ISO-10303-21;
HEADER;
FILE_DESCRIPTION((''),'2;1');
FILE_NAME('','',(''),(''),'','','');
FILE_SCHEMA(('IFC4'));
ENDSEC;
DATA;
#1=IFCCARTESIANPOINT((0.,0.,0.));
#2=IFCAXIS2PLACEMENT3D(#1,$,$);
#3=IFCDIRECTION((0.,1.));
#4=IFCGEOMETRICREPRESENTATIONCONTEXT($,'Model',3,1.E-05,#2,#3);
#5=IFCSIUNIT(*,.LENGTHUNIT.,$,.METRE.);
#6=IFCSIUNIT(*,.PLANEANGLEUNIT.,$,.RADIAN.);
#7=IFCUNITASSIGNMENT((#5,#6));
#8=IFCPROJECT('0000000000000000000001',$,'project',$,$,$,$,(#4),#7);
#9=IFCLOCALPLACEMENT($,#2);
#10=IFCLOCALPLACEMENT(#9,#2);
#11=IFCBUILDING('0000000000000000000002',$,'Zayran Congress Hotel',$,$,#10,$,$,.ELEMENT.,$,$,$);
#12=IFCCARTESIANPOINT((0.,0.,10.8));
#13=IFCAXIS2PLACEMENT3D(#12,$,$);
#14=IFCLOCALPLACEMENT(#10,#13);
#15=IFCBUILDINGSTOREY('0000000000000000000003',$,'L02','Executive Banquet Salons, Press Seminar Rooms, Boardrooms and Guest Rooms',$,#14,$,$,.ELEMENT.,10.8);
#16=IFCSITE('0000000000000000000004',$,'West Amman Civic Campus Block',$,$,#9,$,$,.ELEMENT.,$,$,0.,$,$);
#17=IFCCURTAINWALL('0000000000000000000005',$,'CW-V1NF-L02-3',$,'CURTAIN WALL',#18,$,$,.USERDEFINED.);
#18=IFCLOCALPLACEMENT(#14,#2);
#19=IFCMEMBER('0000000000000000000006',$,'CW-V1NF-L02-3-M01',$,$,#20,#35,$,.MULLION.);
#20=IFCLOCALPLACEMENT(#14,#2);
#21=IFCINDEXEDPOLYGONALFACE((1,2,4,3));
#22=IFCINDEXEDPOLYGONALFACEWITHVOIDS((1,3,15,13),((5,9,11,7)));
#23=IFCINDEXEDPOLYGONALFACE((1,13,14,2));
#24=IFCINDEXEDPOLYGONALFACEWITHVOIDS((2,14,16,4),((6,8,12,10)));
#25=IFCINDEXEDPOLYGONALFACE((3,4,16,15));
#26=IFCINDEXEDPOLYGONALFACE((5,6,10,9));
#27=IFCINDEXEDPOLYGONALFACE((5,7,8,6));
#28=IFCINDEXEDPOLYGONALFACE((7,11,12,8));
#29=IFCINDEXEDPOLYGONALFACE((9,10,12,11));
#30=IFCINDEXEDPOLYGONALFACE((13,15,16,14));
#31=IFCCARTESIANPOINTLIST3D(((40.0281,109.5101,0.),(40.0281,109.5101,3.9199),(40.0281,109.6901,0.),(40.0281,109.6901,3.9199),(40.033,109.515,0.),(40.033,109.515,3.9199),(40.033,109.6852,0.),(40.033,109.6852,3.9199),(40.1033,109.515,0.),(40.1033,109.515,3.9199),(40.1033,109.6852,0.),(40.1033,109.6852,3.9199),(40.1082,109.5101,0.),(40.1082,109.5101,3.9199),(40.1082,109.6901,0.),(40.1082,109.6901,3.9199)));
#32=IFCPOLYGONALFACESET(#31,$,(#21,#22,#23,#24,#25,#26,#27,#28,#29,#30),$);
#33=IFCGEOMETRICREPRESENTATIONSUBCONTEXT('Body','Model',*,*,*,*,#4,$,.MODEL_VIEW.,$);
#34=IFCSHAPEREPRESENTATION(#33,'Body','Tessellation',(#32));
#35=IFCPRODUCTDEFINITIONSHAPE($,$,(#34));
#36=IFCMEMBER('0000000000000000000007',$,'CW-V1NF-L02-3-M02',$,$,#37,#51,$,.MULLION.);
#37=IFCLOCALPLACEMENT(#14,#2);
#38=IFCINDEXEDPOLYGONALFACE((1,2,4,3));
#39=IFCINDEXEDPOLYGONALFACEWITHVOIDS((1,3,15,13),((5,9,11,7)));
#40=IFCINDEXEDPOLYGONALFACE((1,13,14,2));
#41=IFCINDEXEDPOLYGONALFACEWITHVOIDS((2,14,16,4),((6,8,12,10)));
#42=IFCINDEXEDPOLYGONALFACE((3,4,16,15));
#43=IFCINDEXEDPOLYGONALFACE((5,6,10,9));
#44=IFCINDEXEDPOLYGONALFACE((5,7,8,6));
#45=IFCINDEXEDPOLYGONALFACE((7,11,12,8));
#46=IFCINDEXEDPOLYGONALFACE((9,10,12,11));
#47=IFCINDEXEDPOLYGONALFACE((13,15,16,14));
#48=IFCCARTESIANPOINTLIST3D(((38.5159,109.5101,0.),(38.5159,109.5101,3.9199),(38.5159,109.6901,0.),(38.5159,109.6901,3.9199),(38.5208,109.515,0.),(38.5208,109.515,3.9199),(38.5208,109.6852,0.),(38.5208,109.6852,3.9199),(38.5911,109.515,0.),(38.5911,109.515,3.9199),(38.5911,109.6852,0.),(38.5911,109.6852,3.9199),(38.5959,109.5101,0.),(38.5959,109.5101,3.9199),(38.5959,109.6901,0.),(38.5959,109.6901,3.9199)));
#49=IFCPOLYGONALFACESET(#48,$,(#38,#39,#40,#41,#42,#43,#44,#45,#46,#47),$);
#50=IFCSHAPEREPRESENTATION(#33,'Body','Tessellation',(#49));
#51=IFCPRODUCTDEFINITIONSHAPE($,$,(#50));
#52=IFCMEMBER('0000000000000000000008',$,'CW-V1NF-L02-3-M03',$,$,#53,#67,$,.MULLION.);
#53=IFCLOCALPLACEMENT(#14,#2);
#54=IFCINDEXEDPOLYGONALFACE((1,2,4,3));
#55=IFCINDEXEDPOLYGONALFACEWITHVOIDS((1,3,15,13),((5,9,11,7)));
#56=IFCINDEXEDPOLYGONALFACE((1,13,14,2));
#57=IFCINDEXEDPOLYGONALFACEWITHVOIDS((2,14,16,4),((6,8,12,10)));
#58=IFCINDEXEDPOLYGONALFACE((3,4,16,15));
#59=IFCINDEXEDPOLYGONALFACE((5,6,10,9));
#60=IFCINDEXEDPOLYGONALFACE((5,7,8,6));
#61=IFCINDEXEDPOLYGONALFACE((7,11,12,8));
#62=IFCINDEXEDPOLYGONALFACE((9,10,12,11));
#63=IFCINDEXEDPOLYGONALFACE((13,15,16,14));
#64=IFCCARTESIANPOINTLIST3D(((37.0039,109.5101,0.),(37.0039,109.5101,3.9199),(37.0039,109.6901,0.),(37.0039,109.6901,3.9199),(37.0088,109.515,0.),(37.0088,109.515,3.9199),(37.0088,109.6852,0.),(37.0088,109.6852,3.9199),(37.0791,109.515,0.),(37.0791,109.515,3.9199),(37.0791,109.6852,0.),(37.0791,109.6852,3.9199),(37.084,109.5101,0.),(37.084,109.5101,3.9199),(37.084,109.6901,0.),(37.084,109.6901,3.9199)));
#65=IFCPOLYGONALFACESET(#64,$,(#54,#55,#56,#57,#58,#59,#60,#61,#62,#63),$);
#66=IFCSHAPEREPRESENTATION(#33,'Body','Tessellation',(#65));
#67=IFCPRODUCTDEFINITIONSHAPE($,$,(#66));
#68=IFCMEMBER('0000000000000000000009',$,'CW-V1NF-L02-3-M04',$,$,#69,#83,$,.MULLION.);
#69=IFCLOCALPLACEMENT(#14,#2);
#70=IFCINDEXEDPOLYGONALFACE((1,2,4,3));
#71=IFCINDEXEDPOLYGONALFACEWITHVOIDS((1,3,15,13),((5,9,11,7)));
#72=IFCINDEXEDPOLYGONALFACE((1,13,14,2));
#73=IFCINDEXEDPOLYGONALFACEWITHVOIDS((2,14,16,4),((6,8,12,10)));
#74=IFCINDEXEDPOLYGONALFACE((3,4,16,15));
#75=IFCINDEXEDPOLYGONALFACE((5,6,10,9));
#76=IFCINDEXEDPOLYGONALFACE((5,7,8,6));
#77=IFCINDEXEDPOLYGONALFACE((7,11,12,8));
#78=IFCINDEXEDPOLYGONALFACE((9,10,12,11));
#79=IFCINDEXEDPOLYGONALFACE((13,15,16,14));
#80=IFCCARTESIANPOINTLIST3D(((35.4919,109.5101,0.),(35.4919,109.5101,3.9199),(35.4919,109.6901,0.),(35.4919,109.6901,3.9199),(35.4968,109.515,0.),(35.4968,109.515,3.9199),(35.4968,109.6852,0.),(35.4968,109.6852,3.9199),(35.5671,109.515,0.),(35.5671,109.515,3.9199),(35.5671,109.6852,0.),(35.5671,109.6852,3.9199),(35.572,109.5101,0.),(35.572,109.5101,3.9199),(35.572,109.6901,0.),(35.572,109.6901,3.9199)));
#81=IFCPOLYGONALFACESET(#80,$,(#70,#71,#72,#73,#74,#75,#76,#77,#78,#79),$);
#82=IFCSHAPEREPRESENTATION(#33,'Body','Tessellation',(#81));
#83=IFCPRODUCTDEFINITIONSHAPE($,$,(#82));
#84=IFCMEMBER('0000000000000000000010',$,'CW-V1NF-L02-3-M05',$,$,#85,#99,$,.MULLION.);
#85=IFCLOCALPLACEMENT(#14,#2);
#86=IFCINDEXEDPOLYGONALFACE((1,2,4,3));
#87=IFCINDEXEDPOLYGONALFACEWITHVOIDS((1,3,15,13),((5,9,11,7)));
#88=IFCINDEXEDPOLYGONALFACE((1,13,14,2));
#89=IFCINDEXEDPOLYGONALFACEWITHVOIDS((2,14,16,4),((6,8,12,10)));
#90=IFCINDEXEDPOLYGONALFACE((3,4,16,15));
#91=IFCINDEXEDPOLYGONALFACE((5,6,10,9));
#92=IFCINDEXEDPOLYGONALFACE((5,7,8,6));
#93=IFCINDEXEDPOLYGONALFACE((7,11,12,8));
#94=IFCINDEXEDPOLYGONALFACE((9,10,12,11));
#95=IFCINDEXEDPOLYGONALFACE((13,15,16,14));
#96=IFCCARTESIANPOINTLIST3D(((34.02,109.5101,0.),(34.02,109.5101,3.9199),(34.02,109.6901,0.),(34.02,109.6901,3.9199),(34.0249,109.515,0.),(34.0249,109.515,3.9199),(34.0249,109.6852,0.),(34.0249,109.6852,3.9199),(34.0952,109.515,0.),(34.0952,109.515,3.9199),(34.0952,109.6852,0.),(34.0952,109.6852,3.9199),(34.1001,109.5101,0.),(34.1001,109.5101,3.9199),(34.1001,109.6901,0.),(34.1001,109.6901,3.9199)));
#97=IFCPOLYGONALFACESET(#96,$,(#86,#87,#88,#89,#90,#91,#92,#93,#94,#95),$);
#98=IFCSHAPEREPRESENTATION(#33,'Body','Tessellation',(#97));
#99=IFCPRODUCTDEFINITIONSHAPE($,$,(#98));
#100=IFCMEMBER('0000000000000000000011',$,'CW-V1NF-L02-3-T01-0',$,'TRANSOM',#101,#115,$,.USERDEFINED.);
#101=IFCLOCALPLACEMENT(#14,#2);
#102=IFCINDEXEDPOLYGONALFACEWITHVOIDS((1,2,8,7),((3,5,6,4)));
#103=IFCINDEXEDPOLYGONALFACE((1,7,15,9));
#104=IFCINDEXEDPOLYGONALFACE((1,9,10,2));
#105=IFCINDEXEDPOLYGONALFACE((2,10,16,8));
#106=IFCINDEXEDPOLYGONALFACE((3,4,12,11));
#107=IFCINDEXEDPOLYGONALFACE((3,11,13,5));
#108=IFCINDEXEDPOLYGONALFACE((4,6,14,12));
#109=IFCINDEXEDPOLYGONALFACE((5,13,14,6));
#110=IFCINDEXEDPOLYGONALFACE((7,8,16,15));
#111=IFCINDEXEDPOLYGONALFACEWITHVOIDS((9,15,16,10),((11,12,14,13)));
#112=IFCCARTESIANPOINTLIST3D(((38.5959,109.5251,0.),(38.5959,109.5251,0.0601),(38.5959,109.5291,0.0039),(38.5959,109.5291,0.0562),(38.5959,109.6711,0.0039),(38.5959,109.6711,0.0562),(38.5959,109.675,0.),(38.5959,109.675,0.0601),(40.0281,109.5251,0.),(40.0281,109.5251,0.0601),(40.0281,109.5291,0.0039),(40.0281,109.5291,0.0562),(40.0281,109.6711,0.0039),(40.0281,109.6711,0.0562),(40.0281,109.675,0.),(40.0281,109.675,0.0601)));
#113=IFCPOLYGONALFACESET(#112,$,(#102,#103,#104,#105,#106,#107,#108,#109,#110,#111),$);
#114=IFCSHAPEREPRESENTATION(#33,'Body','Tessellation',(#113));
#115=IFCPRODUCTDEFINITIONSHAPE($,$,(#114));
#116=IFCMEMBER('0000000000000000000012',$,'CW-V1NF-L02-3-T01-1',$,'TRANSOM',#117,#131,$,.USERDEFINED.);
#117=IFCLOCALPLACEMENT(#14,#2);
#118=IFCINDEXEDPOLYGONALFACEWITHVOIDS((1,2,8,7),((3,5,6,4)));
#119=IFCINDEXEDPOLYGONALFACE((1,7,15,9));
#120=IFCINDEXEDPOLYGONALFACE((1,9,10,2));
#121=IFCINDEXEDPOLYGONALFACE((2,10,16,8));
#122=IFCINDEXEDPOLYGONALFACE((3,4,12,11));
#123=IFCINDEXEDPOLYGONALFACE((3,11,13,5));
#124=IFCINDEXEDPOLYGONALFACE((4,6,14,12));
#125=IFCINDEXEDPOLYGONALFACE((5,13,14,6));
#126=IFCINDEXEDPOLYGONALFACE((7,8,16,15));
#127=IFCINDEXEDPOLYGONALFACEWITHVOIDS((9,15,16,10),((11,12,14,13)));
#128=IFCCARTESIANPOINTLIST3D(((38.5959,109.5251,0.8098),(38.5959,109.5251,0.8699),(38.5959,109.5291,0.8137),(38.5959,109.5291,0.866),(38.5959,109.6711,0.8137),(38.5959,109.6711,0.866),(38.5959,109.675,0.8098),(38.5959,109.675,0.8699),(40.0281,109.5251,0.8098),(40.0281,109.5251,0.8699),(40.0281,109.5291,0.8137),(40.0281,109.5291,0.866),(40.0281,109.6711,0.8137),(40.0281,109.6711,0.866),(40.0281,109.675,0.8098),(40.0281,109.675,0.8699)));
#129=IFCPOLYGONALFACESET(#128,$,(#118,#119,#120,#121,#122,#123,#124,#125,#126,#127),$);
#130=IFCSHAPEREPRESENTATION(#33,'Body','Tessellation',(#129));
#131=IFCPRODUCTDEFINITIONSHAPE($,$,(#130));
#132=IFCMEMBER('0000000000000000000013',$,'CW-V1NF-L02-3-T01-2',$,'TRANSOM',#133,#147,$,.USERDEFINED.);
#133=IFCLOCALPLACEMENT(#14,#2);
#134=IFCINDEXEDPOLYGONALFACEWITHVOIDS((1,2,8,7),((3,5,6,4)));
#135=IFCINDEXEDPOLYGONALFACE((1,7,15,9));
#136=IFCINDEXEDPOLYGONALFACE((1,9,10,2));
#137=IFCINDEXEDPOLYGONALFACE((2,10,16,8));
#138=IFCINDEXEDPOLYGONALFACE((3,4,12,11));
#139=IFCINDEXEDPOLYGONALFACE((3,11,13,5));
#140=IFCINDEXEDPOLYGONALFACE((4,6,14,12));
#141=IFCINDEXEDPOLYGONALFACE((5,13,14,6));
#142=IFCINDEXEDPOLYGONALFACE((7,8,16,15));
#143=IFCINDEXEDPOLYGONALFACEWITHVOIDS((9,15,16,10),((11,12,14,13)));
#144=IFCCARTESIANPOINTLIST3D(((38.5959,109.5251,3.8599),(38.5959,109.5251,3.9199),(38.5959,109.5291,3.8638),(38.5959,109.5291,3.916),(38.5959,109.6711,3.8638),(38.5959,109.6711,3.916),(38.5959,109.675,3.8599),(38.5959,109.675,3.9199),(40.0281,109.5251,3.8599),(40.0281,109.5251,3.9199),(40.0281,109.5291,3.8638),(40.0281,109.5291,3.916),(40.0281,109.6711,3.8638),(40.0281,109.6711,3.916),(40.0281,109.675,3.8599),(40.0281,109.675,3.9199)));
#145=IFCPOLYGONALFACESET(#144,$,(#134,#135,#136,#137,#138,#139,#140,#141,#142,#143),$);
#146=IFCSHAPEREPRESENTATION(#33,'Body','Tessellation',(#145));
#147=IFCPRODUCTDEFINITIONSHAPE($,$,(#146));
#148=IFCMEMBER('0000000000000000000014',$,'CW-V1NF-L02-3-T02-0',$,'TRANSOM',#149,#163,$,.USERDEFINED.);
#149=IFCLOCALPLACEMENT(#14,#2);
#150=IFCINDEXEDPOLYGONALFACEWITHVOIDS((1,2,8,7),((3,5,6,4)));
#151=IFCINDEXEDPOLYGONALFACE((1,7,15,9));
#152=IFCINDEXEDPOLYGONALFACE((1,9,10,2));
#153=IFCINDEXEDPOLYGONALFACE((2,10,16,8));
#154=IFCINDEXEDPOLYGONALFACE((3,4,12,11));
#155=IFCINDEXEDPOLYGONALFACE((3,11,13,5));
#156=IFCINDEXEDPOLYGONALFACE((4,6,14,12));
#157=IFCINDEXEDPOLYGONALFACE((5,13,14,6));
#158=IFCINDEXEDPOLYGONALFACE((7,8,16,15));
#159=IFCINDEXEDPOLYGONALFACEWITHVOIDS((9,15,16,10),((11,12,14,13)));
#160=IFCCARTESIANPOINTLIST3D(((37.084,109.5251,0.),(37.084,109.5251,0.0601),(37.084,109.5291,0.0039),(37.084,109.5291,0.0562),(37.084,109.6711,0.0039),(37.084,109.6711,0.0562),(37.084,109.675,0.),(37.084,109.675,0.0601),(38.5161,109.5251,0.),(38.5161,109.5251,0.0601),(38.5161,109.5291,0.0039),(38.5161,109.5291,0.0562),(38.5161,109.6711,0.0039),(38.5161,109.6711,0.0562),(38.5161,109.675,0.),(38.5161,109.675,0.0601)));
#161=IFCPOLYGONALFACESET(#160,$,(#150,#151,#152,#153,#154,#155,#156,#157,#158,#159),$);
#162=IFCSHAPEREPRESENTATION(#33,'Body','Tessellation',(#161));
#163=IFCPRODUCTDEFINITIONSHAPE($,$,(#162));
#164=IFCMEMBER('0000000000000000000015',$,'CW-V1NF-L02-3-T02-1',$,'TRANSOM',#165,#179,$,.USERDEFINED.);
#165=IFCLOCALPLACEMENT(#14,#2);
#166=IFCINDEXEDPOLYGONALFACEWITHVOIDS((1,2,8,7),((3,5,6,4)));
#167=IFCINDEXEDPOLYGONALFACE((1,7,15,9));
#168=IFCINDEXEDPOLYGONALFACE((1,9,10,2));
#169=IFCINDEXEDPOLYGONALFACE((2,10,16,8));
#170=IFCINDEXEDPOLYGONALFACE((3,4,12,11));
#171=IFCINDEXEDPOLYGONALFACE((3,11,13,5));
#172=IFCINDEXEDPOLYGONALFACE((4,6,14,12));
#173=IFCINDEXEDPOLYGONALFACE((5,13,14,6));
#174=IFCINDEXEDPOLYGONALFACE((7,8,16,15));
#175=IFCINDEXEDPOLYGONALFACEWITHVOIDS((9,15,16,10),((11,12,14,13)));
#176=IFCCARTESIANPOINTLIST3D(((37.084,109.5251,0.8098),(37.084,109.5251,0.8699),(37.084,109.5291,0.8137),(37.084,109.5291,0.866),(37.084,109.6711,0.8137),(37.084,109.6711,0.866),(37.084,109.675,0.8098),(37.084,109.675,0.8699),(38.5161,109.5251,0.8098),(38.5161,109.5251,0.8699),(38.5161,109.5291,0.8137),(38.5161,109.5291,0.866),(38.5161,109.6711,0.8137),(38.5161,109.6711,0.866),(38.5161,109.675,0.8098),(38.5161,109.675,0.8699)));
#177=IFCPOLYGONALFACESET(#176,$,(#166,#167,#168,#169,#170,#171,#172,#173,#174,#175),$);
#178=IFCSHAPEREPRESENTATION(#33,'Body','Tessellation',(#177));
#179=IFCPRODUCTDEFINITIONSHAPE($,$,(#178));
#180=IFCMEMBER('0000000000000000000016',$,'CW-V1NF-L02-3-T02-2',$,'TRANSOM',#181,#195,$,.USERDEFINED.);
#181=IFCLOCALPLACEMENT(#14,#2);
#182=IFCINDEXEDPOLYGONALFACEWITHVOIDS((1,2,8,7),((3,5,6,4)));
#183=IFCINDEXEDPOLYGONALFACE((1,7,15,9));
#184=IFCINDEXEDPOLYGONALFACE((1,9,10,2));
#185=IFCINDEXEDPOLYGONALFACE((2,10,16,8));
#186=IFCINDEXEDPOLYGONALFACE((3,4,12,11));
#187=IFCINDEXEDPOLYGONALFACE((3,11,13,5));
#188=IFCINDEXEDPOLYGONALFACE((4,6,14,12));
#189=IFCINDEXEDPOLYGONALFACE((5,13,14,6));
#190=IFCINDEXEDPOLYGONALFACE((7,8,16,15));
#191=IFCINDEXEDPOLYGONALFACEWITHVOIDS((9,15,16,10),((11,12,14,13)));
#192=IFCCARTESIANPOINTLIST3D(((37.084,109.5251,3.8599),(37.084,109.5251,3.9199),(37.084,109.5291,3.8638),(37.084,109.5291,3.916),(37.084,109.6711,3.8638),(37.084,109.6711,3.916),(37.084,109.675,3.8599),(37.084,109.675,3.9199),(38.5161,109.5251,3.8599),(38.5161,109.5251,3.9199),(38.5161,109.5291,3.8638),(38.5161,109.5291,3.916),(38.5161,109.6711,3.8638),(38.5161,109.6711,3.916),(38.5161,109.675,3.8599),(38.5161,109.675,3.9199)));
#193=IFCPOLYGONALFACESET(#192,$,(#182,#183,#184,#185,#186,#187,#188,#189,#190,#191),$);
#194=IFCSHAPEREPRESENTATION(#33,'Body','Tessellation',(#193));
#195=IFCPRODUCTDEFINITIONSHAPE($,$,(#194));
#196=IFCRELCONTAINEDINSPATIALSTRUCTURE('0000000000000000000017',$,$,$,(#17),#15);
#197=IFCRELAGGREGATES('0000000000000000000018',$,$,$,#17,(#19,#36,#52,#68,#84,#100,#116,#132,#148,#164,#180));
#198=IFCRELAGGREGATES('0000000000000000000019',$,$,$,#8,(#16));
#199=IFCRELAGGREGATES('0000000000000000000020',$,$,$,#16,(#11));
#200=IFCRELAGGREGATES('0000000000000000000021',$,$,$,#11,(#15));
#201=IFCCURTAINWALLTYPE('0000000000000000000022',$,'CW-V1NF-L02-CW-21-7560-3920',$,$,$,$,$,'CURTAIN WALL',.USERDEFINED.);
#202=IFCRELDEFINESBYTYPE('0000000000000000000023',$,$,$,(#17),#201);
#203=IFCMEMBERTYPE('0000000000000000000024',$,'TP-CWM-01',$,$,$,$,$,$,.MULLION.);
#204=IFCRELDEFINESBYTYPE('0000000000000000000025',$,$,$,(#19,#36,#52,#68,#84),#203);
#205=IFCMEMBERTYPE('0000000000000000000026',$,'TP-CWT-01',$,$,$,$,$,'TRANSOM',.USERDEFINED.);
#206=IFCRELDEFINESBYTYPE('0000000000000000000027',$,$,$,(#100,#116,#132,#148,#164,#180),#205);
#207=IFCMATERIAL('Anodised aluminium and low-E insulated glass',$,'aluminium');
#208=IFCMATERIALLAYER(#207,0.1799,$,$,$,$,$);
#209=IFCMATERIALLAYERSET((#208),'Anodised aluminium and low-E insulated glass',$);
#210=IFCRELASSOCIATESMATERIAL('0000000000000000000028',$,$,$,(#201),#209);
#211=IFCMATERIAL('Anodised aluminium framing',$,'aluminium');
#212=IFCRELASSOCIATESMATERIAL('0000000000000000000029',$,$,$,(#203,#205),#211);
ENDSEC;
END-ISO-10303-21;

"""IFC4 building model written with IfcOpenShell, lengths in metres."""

from ifc_helpers import new_model, si_unit, direction, frame, origin, origin_2d, place, context, subcontext, project, spatial, hollow_rectangle, extrude, material, layer, layer_set, material_profile, profile_set, type_object, element, aggregate, save


model = new_model("IFC4")

# Units and contexts
model_context = context("Model", 3, precision=1e-05, world=origin(), true_north=direction((0.0, 1.0)))
body_context = subcontext(model_context, "Body", "Model", "MODEL_VIEW")
ifc_project = project(units=[si_unit("LENGTHUNIT", "METRE"), si_unit("PLANEANGLEUNIT", "RADIAN")], contexts=[model_context])

# Site, building, storey
site_placement = place(None, origin())
site = spatial("IfcSite", under=ifc_project, at=site_placement, Name="West Amman Civic Campus Block", CompositionType="ELEMENT", RefElevation=0.0)
building_placement = place(site_placement, origin())
building = spatial("IfcBuilding", under=site, at=building_placement, Name="Zayran Congress Hotel", CompositionType="ELEMENT")
storey_placement = place(building_placement, frame((0.0, 0.0, 10.8)))
storey = spatial("IfcBuildingStorey", under=building, at=storey_placement, Name="L02", Description="Executive Banquet Salons, Press Seminar Rooms, Boardrooms and Guest Rooms", CompositionType="ELEMENT", Elevation=10.8)

# Curtain wall, members
ifc_material_1 = material(Name="Anodised aluminium and low-E insulated glass", Category="aluminium")
ifc_layer_1 = layer(ifc_material_1, 0.1799)
ifc_layer_set_1 = layer_set([ifc_layer_1], Name="Anodised aluminium and low-E insulated glass")
curtain_wall_type = type_object("IfcCurtainWallType", Name="CW-V1NF-L02-CW-21-7560-3920", ElementType="CURTAIN WALL", PredefinedType="USERDEFINED", material=ifc_layer_set_1)
curtain_wall_placement = place(storey_placement, origin())
curtain_wall = element("IfcCurtainWall", 1, at=curtain_wall_placement, inside=storey, type_object=curtain_wall_type, Name="CW-V1NF-L02-3", ObjectType="CURTAIN WALL", PredefinedType="USERDEFINED")
ifc_material_2 = material(Name="Anodised aluminium framing", Category="aluminium")
ifc_material_profile_1 = material_profile(ifc_material_2, hollow_rectangle(XDim=0.0801, YDim=0.1799, WallThickness=0.0049, at=origin_2d()), Name="RHS 180x80x5")
ifc_profile_set_1 = profile_set([ifc_material_profile_1], Name="Anodised aluminium framing")
member_type_1 = type_object("IfcMemberType", Name="TP-CWM-01", PredefinedType="MULLION", material=ifc_profile_set_1)
member_1_placement = place(storey_placement, frame((40.0681, 109.6001, 0.0), z_axis=(0.0, 0.0, 1.0), x_axis=(1.0, 0.0, 0.0)))
member_1 = element("IfcMember", 2, at=member_1_placement, type_object=member_type_1, Name="CW-V1NF-L02-3-M01", PredefinedType="MULLION", context=body_context, shape_type="SweptSolid", body=[
    extrude(hollow_rectangle(XDim=0.0801, YDim=0.1799, WallThickness=0.0049, at=origin_2d()), origin(), (0.0, 0.0, 1.0), 3.9199),
])
member_2_placement = place(storey_placement, frame((38.5559, 109.6001, 0.0), z_axis=(0.0, 0.0, 1.0), x_axis=(1.0, 0.0, 0.0)))
member_2 = element("IfcMember", 3, at=member_2_placement, type_object=member_type_1, Name="CW-V1NF-L02-3-M02", PredefinedType="MULLION", context=body_context, shape_type="SweptSolid", body=[
    extrude(hollow_rectangle(XDim=0.0801, YDim=0.1799, WallThickness=0.0049, at=origin_2d()), origin(), (0.0, 0.0, 1.0), 3.9199),
])
member_3_placement = place(storey_placement, frame((37.0439, 109.6001, 0.0), z_axis=(0.0, 0.0, 1.0), x_axis=(1.0, 0.0, 0.0)))
member_3 = element("IfcMember", 4, at=member_3_placement, type_object=member_type_1, Name="CW-V1NF-L02-3-M03", PredefinedType="MULLION", context=body_context, shape_type="SweptSolid", body=[
    extrude(hollow_rectangle(XDim=0.0801, YDim=0.1799, WallThickness=0.0049, at=origin_2d()), origin(), (0.0, 0.0, 1.0), 3.9199),
])
member_4_placement = place(storey_placement, frame((35.532, 109.6001, 0.0), z_axis=(0.0, 0.0, 1.0), x_axis=(1.0, 0.0, 0.0)))
member_4 = element("IfcMember", 5, at=member_4_placement, type_object=member_type_1, Name="CW-V1NF-L02-3-M04", PredefinedType="MULLION", context=body_context, shape_type="SweptSolid", body=[
    extrude(hollow_rectangle(XDim=0.0801, YDim=0.1799, WallThickness=0.0049, at=origin_2d()), origin(), (0.0, 0.0, 1.0), 3.9199),
])
member_5_placement = place(storey_placement, frame((34.0601, 109.6001, 0.0), z_axis=(0.0, 0.0, 1.0), x_axis=(1.0, 0.0, 0.0)))
member_5 = element("IfcMember", 6, at=member_5_placement, type_object=member_type_1, Name="CW-V1NF-L02-3-M05", PredefinedType="MULLION", context=body_context, shape_type="SweptSolid", body=[
    extrude(hollow_rectangle(XDim=0.0801, YDim=0.1799, WallThickness=0.0049, at=origin_2d()), origin(), (0.0, 0.0, 1.0), 3.9199),
])
ifc_material_profile_2 = material_profile(ifc_material_2, hollow_rectangle(XDim=0.0601, YDim=0.1499, WallThickness=0.0039, at=origin_2d()), Name="RHS 150x60x4")
ifc_profile_set_2 = profile_set([ifc_material_profile_2], Name="Anodised aluminium framing")
member_type_2 = type_object("IfcMemberType", Name="TP-CWT-01", ElementType="TRANSOM", PredefinedType="USERDEFINED", material=ifc_profile_set_2)
member_6_placement = place(storey_placement, frame((40.0281, 109.6001, 0.03), z_axis=(-1.0, 0.0, 0.0), x_axis=(0.0, 0.0, 1.0)))
member_6 = element("IfcMember", 7, at=member_6_placement, type_object=member_type_2, Name="CW-V1NF-L02-3-T01-0", ObjectType="TRANSOM", PredefinedType="USERDEFINED", context=body_context, shape_type="SweptSolid", body=[
    extrude(hollow_rectangle(XDim=0.0601, YDim=0.1499, WallThickness=0.0039, at=origin_2d()), origin(), (0.0, 0.0, 1.0), 1.4321),
])
member_7_placement = place(storey_placement, frame((40.0281, 109.6001, 0.8398), z_axis=(-1.0, 0.0, 0.0), x_axis=(0.0, 0.0, 1.0)))
member_7 = element("IfcMember", 8, at=member_7_placement, type_object=member_type_2, Name="CW-V1NF-L02-3-T01-1", ObjectType="TRANSOM", PredefinedType="USERDEFINED", context=body_context, shape_type="SweptSolid", body=[
    extrude(hollow_rectangle(XDim=0.0601, YDim=0.1499, WallThickness=0.0039, at=origin_2d()), origin(), (0.0, 0.0, 1.0), 1.4321),
])
member_8_placement = place(storey_placement, frame((40.0281, 109.6001, 3.8899), z_axis=(-1.0, 0.0, 0.0), x_axis=(0.0, 0.0, 1.0)))
member_8 = element("IfcMember", 9, at=member_8_placement, type_object=member_type_2, Name="CW-V1NF-L02-3-T01-2", ObjectType="TRANSOM", PredefinedType="USERDEFINED", context=body_context, shape_type="SweptSolid", body=[
    extrude(hollow_rectangle(XDim=0.0601, YDim=0.1499, WallThickness=0.0039, at=origin_2d()), origin(), (0.0, 0.0, 1.0), 1.4321),
])
member_9_placement = place(storey_placement, frame((38.5161, 109.6001, 0.03), z_axis=(-1.0, 0.0, 0.0), x_axis=(0.0, 0.0, 1.0)))
member_9 = element("IfcMember", 10, at=member_9_placement, type_object=member_type_2, Name="CW-V1NF-L02-3-T02-0", ObjectType="TRANSOM", PredefinedType="USERDEFINED", context=body_context, shape_type="SweptSolid", body=[
    extrude(hollow_rectangle(XDim=0.0601, YDim=0.1499, WallThickness=0.0039, at=origin_2d()), origin(), (0.0, 0.0, 1.0), 1.4321),
])
member_10_placement = place(storey_placement, frame((38.5161, 109.6001, 0.8398), z_axis=(-1.0, 0.0, 0.0), x_axis=(0.0, 0.0, 1.0)))
member_10 = element("IfcMember", 11, at=member_10_placement, type_object=member_type_2, Name="CW-V1NF-L02-3-T02-1", ObjectType="TRANSOM", PredefinedType="USERDEFINED", context=body_context, shape_type="SweptSolid", body=[
    extrude(hollow_rectangle(XDim=0.0601, YDim=0.1499, WallThickness=0.0039, at=origin_2d()), origin(), (0.0, 0.0, 1.0), 1.4321),
])
member_11_placement = place(storey_placement, frame((38.5161, 109.6001, 3.8899), z_axis=(-1.0, 0.0, 0.0), x_axis=(0.0, 0.0, 1.0)))
member_11 = element("IfcMember", 12, at=member_11_placement, type_object=member_type_2, Name="CW-V1NF-L02-3-T02-2", ObjectType="TRANSOM", PredefinedType="USERDEFINED", context=body_context, shape_type="SweptSolid", body=[
    extrude(hollow_rectangle(XDim=0.0601, YDim=0.1499, WallThickness=0.0039, at=origin_2d()), origin(), (0.0, 0.0, 1.0), 1.4321),
])
aggregate(curtain_wall, [member_1, member_2, member_3, member_4, member_5, member_6, member_7, member_8, member_9, member_10, member_11])

save(model, "model.ifc")
